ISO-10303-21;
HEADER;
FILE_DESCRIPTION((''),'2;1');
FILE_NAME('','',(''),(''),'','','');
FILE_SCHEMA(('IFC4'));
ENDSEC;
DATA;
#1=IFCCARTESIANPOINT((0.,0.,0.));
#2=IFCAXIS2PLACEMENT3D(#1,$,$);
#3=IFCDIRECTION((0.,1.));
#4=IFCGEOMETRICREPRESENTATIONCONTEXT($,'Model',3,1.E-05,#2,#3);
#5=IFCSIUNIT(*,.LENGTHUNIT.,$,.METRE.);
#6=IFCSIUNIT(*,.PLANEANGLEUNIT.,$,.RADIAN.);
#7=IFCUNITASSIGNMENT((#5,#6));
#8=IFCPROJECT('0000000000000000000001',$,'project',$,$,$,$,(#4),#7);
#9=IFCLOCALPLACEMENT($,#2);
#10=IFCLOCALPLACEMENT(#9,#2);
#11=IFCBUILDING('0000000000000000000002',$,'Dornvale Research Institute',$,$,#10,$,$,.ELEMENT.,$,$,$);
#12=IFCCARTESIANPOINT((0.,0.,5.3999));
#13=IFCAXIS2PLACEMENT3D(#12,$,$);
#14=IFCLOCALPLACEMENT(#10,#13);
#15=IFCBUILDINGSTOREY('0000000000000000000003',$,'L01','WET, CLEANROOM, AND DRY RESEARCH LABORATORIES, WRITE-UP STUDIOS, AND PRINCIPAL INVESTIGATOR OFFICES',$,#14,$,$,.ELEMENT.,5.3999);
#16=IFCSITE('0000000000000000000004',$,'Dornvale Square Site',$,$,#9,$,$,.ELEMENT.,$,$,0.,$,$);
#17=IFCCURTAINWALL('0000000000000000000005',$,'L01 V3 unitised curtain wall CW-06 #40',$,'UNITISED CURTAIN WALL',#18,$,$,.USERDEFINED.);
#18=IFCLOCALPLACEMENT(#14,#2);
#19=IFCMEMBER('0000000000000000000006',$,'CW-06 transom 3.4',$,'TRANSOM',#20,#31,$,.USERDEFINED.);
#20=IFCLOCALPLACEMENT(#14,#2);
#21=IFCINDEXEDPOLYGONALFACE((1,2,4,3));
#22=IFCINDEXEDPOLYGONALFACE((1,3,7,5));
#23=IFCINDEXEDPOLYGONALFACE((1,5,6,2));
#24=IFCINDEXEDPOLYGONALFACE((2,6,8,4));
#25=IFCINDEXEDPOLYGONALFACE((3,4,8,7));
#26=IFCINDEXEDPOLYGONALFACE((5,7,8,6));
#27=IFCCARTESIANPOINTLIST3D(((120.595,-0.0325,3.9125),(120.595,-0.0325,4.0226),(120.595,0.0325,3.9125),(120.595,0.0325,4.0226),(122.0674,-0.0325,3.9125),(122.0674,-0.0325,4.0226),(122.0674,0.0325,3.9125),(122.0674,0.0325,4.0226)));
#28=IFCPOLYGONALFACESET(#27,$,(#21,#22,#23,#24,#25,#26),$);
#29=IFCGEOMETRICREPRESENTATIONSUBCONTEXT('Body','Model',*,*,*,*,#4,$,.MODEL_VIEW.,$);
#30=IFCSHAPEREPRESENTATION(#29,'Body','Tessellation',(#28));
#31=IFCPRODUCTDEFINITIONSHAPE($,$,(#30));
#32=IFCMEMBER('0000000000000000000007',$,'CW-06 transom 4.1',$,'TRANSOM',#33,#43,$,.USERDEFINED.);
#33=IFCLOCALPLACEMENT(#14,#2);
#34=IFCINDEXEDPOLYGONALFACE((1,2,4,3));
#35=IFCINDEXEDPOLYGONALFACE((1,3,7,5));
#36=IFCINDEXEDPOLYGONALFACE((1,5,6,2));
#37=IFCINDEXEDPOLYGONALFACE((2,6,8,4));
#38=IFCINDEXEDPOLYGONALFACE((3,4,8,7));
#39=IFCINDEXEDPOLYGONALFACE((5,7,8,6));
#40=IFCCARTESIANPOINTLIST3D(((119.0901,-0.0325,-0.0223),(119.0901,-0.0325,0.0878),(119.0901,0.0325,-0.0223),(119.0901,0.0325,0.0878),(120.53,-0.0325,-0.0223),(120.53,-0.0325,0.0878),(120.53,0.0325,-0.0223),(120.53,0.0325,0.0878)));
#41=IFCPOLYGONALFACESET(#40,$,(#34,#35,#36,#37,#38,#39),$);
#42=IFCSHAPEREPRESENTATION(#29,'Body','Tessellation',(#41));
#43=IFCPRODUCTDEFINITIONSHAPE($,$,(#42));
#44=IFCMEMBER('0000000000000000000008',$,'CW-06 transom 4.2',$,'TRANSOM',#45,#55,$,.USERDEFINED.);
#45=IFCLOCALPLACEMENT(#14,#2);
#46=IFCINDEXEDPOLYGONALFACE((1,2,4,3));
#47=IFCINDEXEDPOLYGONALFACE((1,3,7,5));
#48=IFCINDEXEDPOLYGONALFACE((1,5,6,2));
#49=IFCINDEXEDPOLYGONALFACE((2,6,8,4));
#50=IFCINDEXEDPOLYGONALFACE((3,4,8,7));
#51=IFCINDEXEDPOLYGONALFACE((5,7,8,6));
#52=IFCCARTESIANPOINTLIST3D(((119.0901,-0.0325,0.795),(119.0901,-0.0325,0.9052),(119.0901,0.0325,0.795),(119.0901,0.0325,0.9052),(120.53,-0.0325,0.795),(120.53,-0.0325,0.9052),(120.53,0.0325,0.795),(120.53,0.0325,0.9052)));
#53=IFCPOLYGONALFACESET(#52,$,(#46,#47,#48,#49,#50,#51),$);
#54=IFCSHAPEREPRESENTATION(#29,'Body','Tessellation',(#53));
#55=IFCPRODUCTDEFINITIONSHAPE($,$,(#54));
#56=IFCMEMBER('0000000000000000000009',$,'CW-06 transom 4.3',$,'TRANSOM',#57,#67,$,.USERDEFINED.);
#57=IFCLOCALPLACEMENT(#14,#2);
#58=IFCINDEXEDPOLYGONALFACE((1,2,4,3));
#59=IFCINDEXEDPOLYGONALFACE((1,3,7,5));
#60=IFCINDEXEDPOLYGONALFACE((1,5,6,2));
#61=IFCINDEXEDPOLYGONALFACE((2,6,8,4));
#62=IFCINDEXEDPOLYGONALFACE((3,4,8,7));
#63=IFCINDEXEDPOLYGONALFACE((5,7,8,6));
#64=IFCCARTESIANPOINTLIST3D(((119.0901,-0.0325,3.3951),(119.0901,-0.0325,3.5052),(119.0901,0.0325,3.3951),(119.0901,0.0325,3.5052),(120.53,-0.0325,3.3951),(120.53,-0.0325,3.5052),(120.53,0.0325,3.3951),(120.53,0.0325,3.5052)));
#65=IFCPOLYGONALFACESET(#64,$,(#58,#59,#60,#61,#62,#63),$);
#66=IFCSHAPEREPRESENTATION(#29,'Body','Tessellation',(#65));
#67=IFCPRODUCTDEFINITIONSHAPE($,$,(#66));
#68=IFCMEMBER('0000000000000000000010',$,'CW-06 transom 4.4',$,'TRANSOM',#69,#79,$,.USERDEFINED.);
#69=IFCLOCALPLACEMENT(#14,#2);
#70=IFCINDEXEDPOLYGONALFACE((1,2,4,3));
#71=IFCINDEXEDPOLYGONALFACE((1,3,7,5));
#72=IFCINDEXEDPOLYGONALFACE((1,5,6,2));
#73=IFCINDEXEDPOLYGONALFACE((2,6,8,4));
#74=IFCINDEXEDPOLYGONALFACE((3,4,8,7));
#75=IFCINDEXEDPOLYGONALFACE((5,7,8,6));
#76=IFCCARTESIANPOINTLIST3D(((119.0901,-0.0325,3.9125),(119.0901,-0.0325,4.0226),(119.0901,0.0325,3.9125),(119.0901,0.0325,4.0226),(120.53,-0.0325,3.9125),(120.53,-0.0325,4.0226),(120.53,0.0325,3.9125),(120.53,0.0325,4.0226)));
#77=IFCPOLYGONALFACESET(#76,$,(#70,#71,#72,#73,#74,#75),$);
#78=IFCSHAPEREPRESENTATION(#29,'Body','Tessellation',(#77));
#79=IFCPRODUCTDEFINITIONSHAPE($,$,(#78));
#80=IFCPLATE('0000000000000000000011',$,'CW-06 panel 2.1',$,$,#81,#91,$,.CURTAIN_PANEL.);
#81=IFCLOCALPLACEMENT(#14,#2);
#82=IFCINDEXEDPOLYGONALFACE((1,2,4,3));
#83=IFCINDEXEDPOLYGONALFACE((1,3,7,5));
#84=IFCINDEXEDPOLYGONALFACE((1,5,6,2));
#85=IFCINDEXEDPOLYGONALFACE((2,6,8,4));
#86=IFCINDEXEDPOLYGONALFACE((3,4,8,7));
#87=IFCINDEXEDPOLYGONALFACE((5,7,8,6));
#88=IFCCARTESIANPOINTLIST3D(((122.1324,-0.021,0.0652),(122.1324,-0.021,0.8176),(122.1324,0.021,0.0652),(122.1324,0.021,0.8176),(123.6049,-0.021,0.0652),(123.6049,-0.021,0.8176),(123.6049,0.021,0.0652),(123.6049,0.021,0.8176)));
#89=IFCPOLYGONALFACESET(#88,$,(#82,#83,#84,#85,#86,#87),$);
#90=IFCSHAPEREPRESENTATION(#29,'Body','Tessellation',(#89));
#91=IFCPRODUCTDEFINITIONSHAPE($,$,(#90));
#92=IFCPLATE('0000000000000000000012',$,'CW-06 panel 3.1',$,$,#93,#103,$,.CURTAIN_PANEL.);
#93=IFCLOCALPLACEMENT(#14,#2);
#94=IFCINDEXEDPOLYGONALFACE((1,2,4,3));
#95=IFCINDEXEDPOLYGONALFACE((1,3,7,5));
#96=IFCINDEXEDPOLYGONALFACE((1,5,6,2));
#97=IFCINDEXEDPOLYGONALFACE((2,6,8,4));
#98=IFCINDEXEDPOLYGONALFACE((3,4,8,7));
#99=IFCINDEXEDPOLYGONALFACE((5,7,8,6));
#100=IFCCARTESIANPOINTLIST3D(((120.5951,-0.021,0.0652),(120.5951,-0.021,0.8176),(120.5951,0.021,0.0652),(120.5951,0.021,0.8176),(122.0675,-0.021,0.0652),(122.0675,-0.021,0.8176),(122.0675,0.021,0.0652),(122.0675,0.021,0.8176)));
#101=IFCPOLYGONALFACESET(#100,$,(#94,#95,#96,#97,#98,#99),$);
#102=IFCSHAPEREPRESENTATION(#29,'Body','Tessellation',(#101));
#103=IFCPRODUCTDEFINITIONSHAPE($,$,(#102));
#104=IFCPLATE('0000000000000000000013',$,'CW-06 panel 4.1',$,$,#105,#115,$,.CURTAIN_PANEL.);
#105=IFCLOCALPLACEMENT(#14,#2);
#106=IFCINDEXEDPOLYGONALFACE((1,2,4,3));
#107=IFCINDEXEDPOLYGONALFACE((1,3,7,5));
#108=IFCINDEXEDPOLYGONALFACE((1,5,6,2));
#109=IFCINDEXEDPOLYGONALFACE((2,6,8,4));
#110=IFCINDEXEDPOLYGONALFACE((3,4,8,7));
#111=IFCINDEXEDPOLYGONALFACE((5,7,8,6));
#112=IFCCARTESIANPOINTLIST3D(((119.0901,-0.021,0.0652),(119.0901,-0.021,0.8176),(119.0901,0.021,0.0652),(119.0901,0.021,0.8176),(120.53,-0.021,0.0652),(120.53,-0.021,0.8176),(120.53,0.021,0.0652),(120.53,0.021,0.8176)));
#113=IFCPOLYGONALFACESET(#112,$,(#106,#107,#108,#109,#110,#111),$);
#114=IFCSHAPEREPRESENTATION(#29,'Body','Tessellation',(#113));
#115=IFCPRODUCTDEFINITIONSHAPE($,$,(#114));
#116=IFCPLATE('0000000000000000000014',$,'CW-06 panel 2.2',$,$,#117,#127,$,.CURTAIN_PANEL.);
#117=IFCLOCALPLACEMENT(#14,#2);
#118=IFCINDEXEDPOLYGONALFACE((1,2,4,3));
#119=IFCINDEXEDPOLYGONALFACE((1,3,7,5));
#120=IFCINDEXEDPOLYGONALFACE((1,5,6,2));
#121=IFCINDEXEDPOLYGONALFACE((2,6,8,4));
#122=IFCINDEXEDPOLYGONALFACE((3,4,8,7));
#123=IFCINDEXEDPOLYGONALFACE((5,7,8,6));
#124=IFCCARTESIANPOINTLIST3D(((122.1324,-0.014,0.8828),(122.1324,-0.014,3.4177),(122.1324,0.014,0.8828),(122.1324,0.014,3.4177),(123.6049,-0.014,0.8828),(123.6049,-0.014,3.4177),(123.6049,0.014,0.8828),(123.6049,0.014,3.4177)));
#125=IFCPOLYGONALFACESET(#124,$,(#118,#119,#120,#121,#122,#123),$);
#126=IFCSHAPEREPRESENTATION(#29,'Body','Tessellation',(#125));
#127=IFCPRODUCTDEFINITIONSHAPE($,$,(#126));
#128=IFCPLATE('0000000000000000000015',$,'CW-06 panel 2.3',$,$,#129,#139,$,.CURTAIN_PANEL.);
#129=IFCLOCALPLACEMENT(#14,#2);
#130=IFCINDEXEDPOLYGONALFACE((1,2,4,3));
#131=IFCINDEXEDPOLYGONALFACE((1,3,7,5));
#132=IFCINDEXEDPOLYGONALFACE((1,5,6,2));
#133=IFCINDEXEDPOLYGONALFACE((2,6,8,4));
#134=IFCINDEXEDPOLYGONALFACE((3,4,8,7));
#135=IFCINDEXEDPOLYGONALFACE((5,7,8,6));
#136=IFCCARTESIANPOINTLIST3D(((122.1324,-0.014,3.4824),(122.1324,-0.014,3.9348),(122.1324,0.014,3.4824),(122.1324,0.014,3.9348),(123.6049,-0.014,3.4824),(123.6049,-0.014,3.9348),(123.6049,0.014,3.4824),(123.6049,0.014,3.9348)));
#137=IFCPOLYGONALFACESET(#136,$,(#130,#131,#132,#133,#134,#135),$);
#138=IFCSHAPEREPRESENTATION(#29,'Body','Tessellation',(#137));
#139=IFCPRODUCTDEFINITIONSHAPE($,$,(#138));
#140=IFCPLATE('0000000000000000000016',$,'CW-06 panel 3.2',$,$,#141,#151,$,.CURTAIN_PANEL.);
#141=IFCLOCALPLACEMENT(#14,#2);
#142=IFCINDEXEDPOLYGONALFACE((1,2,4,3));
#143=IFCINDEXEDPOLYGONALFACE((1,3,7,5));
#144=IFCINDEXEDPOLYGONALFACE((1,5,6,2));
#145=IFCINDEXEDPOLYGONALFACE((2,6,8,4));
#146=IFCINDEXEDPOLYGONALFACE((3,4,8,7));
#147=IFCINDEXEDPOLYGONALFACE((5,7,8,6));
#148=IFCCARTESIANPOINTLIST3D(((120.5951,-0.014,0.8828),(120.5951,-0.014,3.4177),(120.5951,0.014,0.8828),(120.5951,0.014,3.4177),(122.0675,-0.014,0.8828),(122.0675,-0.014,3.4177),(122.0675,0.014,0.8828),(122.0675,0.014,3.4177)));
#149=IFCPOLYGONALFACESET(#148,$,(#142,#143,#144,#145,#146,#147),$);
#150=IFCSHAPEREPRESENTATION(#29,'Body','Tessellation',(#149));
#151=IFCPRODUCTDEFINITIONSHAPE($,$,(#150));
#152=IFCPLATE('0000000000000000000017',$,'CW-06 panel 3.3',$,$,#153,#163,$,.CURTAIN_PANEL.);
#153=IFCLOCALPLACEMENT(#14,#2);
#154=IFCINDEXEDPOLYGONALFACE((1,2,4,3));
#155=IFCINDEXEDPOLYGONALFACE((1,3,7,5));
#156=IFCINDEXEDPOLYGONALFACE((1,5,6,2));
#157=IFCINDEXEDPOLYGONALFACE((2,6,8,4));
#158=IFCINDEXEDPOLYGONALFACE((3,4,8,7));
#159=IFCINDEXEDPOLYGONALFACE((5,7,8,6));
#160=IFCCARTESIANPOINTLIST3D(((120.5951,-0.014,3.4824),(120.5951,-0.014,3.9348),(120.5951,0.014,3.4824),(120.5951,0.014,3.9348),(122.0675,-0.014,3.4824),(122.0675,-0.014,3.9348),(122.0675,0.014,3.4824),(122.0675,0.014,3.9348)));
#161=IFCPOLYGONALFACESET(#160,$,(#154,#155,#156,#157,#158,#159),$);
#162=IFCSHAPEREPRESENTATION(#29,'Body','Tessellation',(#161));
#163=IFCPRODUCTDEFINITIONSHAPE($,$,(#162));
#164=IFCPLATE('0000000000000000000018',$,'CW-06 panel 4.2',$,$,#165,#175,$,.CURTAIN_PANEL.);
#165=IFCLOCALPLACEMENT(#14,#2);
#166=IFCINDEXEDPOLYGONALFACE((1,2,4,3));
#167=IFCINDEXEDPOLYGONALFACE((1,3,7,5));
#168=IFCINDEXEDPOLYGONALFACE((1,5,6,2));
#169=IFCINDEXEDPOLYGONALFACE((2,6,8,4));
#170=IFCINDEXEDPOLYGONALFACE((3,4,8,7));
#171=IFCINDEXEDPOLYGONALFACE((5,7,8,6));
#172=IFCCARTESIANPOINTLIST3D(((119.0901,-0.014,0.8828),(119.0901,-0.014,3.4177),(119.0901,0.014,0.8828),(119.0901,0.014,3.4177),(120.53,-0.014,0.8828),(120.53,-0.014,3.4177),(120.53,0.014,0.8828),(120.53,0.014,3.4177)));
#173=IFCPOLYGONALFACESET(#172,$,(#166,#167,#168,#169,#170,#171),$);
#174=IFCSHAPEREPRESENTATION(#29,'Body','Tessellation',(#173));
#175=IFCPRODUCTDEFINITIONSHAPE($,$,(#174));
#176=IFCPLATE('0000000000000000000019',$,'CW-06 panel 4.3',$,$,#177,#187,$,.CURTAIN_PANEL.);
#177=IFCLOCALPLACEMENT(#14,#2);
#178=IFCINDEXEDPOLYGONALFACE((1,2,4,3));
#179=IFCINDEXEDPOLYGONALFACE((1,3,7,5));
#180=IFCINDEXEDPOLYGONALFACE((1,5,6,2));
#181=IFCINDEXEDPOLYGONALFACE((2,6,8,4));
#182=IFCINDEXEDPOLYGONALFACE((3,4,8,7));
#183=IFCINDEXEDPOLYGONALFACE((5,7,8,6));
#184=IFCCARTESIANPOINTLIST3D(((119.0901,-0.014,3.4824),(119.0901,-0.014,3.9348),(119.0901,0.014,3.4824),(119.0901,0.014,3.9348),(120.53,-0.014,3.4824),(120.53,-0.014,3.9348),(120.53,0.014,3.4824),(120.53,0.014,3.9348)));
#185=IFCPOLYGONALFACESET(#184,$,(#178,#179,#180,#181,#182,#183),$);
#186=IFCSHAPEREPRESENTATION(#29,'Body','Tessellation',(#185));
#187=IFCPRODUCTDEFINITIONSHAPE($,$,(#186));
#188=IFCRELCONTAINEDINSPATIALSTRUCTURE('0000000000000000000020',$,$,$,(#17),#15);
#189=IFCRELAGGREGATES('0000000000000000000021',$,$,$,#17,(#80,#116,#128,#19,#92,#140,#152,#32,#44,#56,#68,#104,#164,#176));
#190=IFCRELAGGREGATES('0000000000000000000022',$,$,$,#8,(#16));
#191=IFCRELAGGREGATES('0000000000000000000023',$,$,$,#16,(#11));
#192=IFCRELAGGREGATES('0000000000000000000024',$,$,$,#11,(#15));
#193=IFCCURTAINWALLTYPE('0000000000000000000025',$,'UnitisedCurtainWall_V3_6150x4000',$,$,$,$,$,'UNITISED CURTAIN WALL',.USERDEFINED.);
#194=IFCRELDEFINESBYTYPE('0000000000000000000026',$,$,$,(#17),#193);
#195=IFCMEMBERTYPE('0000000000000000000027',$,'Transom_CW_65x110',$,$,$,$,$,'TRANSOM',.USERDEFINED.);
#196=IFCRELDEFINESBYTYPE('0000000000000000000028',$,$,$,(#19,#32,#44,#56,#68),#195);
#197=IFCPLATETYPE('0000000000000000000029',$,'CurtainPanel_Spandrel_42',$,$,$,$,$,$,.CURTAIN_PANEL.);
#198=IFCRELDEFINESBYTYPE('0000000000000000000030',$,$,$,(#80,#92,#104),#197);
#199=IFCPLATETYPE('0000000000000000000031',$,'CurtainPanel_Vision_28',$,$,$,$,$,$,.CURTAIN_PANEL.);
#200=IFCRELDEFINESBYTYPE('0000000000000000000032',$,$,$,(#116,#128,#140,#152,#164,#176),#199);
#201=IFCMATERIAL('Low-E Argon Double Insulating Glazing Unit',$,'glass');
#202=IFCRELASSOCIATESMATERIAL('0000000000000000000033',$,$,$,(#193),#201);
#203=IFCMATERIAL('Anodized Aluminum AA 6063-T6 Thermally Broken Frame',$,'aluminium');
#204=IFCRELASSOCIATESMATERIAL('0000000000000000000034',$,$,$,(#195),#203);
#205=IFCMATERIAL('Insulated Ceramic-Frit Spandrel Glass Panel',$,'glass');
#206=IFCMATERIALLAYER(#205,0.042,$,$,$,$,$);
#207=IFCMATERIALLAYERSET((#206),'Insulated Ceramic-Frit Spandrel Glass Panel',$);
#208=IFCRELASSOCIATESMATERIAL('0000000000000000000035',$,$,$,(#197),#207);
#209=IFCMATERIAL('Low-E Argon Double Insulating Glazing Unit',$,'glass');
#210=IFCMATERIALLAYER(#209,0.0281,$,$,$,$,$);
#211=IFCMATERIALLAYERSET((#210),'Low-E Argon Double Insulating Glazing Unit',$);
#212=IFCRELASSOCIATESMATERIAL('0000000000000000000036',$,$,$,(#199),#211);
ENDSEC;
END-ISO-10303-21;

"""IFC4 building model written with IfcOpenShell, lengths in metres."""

from ifc_helpers import new_model, si_unit, direction, frame, origin, origin_2d, place, context, subcontext, project, spatial, rectangle, extrude, material, layer, layer_set, material_profile, profile_set, type_object, element, aggregate, save


model = new_model("IFC4")

# Units and contexts
model_context = context("Model", 3, precision=1e-05, world=origin(), true_north=direction((0.0, 1.0)))
body_context = subcontext(model_context, "Body", "Model", "MODEL_VIEW")
ifc_project = project(units=[si_unit("LENGTHUNIT", "METRE"), si_unit("PLANEANGLEUNIT", "RADIAN")], contexts=[model_context])

# Site, building, storey
site_placement = place(None, origin())
site = spatial("IfcSite", under=ifc_project, at=site_placement, Name="Dornvale Square Site", CompositionType="ELEMENT", RefElevation=0.0)
building_placement = place(site_placement, origin())
building = spatial("IfcBuilding", under=site, at=building_placement, Name="Dornvale Research Institute", CompositionType="ELEMENT")
storey_placement = place(building_placement, frame((0.0, 0.0, 5.3999)))
storey = spatial("IfcBuildingStorey", under=building, at=storey_placement, Name="L01", Description="WET, CLEANROOM, AND DRY RESEARCH LABORATORIES, WRITE-UP STUDIOS, AND PRINCIPAL INVESTIGATOR OFFICES", CompositionType="ELEMENT", Elevation=5.3999)

# Curtain wall
ifc_material_1 = material(Name="Low-E Argon Double Insulating Glazing Unit", Category="glass")
curtain_wall_type = type_object("IfcCurtainWallType", Name="UnitisedCurtainWall_V3_6150x4000", ElementType="UNITISED CURTAIN WALL", PredefinedType="USERDEFINED", material=ifc_material_1)
curtain_wall_placement = place(storey_placement, origin())
curtain_wall = element("IfcCurtainWall", 1, at=curtain_wall_placement, inside=storey, type_object=curtain_wall_type, Name="L01 V3 unitised curtain wall CW-06 #40", ObjectType="UNITISED CURTAIN WALL", PredefinedType="USERDEFINED")

# Members
ifc_material_2 = material(Name="Anodized Aluminum AA 6063-T6 Thermally Broken Frame", Category="aluminium")
ifc_material_profile_1 = material_profile(ifc_material_2, rectangle(XDim=0.0649, YDim=0.1101, at=origin_2d()), Name="ALU TRANSOM 65x110")
ifc_profile_set_1 = profile_set([ifc_material_profile_1], Name="Anodized Aluminum AA 6063-T6 Thermally Broken Frame")
member_type_1 = type_object("IfcMemberType", Name="Transom_CW_65x110", ElementType="TRANSOM", PredefinedType="USERDEFINED", material=ifc_profile_set_1)
member_1_placement = place(storey_placement, frame((122.0674, 0.0, 3.9675), z_axis=(-1.0, 0.0, 0.0), x_axis=(0.0, -1.0, 0.0)))
member_1 = element("IfcMember", 2, at=member_1_placement, type_object=member_type_1, Name="CW-06 transom 3.4", ObjectType="TRANSOM", PredefinedType="USERDEFINED", context=body_context, shape_type="SweptSolid", body=[
    extrude(rectangle(XDim=0.0649, YDim=0.1101, at=origin_2d()), origin(), (0.0, 0.0, 1.0), 1.4724),
])
member_2_placement = place(storey_placement, frame((120.53, 0.0, 0.0327), z_axis=(-1.0, 0.0, 0.0), x_axis=(0.0, -1.0, 0.0)))
member_2 = element("IfcMember", 3, at=member_2_placement, type_object=member_type_1, Name="CW-06 transom 4.1", ObjectType="TRANSOM", PredefinedType="USERDEFINED", context=body_context, shape_type="SweptSolid", body=[
    extrude(rectangle(XDim=0.0649, YDim=0.1101, at=origin_2d()), origin(), (0.0, 0.0, 1.0), 1.4399),
])
member_3_placement = place(storey_placement, frame((120.53, 0.0, 0.8501), z_axis=(-1.0, 0.0, 0.0), x_axis=(0.0, -1.0, 0.0)))
member_3 = element("IfcMember", 4, at=member_3_placement, type_object=member_type_1, Name="CW-06 transom 4.2", ObjectType="TRANSOM", PredefinedType="USERDEFINED", context=body_context, shape_type="SweptSolid", body=[
    extrude(rectangle(XDim=0.0649, YDim=0.1101, at=origin_2d()), origin(), (0.0, 0.0, 1.0), 1.4399),
])
member_4_placement = place(storey_placement, frame((120.53, 0.0, 3.4502), z_axis=(-1.0, 0.0, 0.0), x_axis=(0.0, -1.0, 0.0)))
member_4 = element("IfcMember", 5, at=member_4_placement, type_object=member_type_1, Name="CW-06 transom 4.3", ObjectType="TRANSOM", PredefinedType="USERDEFINED", context=body_context, shape_type="SweptSolid", body=[
    extrude(rectangle(XDim=0.0649, YDim=0.1101, at=origin_2d()), origin(), (0.0, 0.0, 1.0), 1.4399),
])
member_5_placement = place(storey_placement, frame((120.53, 0.0, 3.9675), z_axis=(-1.0, 0.0, 0.0), x_axis=(0.0, -1.0, 0.0)))
member_5 = element("IfcMember", 6, at=member_5_placement, type_object=member_type_1, Name="CW-06 transom 4.4", ObjectType="TRANSOM", PredefinedType="USERDEFINED", context=body_context, shape_type="SweptSolid", body=[
    extrude(rectangle(XDim=0.0649, YDim=0.1101, at=origin_2d()), origin(), (0.0, 0.0, 1.0), 1.4399),
])

# Plates
ifc_material_3 = material(Name="Insulated Ceramic-Frit Spandrel Glass Panel", Category="glass")
ifc_layer_1 = layer(ifc_material_3, 0.042)
ifc_layer_set_1 = layer_set([ifc_layer_1], Name="Insulated Ceramic-Frit Spandrel Glass Panel")
plate_type_1 = type_object("IfcPlateType", Name="CurtainPanel_Spandrel_42", PredefinedType="CURTAIN_PANEL", material=ifc_layer_set_1)
plate_1_placement = place(storey_placement, frame((122.8687, 0.0, 0.0652), z_axis=(0.0, 0.0, 1.0), x_axis=(-1.0, 0.0, 0.0)))
plate_1 = element("IfcPlate", 7, at=plate_1_placement, type_object=plate_type_1, Name="CW-06 panel 2.1", PredefinedType="CURTAIN_PANEL", context=body_context, shape_type="SweptSolid", body=[
    extrude(rectangle(XDim=1.4724, YDim=0.042, at=origin_2d()), origin(), (0.0, 0.0, 1.0), 0.7524),
])
plate_2_placement = place(storey_placement, frame((121.3313, 0.0, 0.0652), z_axis=(0.0, 0.0, 1.0), x_axis=(-1.0, 0.0, 0.0)))
plate_2 = element("IfcPlate", 8, at=plate_2_placement, type_object=plate_type_1, Name="CW-06 panel 3.1", PredefinedType="CURTAIN_PANEL", context=body_context, shape_type="SweptSolid", body=[
    extrude(rectangle(XDim=1.4724, YDim=0.042, at=origin_2d()), origin(), (0.0, 0.0, 1.0), 0.7524),
])
plate_3_placement = place(storey_placement, frame((119.8101, 0.0, 0.0652), z_axis=(0.0, 0.0, 1.0), x_axis=(-1.0, 0.0, 0.0)))
plate_3 = element("IfcPlate", 9, at=plate_3_placement, type_object=plate_type_1, Name="CW-06 panel 4.1", PredefinedType="CURTAIN_PANEL", context=body_context, shape_type="SweptSolid", body=[
    extrude(rectangle(XDim=1.4399, YDim=0.042, at=origin_2d()), origin(), (0.0, 0.0, 1.0), 0.7524),
])
ifc_material_4 = material(Name="Low-E Argon Double Insulating Glazing Unit", Category="glass")
ifc_layer_2 = layer(ifc_material_4, 0.0281)
ifc_layer_set_2 = layer_set([ifc_layer_2], Name="Low-E Argon Double Insulating Glazing Unit")
plate_type_2 = type_object("IfcPlateType", Name="CurtainPanel_Vision_28", PredefinedType="CURTAIN_PANEL", material=ifc_layer_set_2)
plate_4_placement = place(storey_placement, frame((122.8687, 0.0, 0.8828), z_axis=(0.0, 0.0, 1.0), x_axis=(-1.0, 0.0, 0.0)))
plate_4 = element("IfcPlate", 10, at=plate_4_placement, type_object=plate_type_2, Name="CW-06 panel 2.2", PredefinedType="CURTAIN_PANEL", context=body_context, shape_type="SweptSolid", body=[
    extrude(rectangle(XDim=1.4724, YDim=0.0281, at=origin_2d()), origin(), (0.0, 0.0, 1.0), 2.5349),
])
plate_5_placement = place(storey_placement, frame((122.8687, 0.0, 3.4824), z_axis=(0.0, 0.0, 1.0), x_axis=(-1.0, 0.0, 0.0)))
plate_5 = element("IfcPlate", 11, at=plate_5_placement, type_object=plate_type_2, Name="CW-06 panel 2.3", PredefinedType="CURTAIN_PANEL", context=body_context, shape_type="SweptSolid", body=[
    extrude(rectangle(XDim=1.4724, YDim=0.0281, at=origin_2d()), origin(), (0.0, 0.0, 1.0), 0.4524),
])
plate_6_placement = place(storey_placement, frame((121.3313, 0.0, 0.8828), z_axis=(0.0, 0.0, 1.0), x_axis=(-1.0, 0.0, 0.0)))
plate_6 = element("IfcPlate", 12, at=plate_6_placement, type_object=plate_type_2, Name="CW-06 panel 3.2", PredefinedType="CURTAIN_PANEL", context=body_context, shape_type="SweptSolid", body=[
    extrude(rectangle(XDim=1.4724, YDim=0.0281, at=origin_2d()), origin(), (0.0, 0.0, 1.0), 2.5349),
])
plate_7_placement = place(storey_placement, frame((121.3313, 0.0, 3.4824), z_axis=(0.0, 0.0, 1.0), x_axis=(-1.0, 0.0, 0.0)))
plate_7 = element("IfcPlate", 13, at=plate_7_placement, type_object=plate_type_2, Name="CW-06 panel 3.3", PredefinedType="CURTAIN_PANEL", context=body_context, shape_type="SweptSolid", body=[
    extrude(rectangle(XDim=1.4724, YDim=0.0281, at=origin_2d()), origin(), (0.0, 0.0, 1.0), 0.4524),
])
plate_8_placement = place(storey_placement, frame((119.8101, 0.0, 0.8828), z_axis=(0.0, 0.0, 1.0), x_axis=(-1.0, 0.0, 0.0)))
plate_8 = element("IfcPlate", 14, at=plate_8_placement, type_object=plate_type_2, Name="CW-06 panel 4.2", PredefinedType="CURTAIN_PANEL", context=body_context, shape_type="SweptSolid", body=[
    extrude(rectangle(XDim=1.4399, YDim=0.0281, at=origin_2d()), origin(), (0.0, 0.0, 1.0), 2.5349),
])
plate_9_placement = place(storey_placement, frame((119.8101, 0.0, 3.4824), z_axis=(0.0, 0.0, 1.0), x_axis=(-1.0, 0.0, 0.0)))
plate_9 = element("IfcPlate", 15, at=plate_9_placement, type_object=plate_type_2, Name="CW-06 panel 4.3", PredefinedType="CURTAIN_PANEL", context=body_context, shape_type="SweptSolid", body=[
    extrude(rectangle(XDim=1.4399, YDim=0.0281, at=origin_2d()), origin(), (0.0, 0.0, 1.0), 0.4524),
])
aggregate(curtain_wall, [plate_1, plate_4, plate_5, member_1, plate_2, plate_6, plate_7, member_2, member_3, member_4, member_5, plate_3, plate_8, plate_9])

save(model, "model.ifc")
